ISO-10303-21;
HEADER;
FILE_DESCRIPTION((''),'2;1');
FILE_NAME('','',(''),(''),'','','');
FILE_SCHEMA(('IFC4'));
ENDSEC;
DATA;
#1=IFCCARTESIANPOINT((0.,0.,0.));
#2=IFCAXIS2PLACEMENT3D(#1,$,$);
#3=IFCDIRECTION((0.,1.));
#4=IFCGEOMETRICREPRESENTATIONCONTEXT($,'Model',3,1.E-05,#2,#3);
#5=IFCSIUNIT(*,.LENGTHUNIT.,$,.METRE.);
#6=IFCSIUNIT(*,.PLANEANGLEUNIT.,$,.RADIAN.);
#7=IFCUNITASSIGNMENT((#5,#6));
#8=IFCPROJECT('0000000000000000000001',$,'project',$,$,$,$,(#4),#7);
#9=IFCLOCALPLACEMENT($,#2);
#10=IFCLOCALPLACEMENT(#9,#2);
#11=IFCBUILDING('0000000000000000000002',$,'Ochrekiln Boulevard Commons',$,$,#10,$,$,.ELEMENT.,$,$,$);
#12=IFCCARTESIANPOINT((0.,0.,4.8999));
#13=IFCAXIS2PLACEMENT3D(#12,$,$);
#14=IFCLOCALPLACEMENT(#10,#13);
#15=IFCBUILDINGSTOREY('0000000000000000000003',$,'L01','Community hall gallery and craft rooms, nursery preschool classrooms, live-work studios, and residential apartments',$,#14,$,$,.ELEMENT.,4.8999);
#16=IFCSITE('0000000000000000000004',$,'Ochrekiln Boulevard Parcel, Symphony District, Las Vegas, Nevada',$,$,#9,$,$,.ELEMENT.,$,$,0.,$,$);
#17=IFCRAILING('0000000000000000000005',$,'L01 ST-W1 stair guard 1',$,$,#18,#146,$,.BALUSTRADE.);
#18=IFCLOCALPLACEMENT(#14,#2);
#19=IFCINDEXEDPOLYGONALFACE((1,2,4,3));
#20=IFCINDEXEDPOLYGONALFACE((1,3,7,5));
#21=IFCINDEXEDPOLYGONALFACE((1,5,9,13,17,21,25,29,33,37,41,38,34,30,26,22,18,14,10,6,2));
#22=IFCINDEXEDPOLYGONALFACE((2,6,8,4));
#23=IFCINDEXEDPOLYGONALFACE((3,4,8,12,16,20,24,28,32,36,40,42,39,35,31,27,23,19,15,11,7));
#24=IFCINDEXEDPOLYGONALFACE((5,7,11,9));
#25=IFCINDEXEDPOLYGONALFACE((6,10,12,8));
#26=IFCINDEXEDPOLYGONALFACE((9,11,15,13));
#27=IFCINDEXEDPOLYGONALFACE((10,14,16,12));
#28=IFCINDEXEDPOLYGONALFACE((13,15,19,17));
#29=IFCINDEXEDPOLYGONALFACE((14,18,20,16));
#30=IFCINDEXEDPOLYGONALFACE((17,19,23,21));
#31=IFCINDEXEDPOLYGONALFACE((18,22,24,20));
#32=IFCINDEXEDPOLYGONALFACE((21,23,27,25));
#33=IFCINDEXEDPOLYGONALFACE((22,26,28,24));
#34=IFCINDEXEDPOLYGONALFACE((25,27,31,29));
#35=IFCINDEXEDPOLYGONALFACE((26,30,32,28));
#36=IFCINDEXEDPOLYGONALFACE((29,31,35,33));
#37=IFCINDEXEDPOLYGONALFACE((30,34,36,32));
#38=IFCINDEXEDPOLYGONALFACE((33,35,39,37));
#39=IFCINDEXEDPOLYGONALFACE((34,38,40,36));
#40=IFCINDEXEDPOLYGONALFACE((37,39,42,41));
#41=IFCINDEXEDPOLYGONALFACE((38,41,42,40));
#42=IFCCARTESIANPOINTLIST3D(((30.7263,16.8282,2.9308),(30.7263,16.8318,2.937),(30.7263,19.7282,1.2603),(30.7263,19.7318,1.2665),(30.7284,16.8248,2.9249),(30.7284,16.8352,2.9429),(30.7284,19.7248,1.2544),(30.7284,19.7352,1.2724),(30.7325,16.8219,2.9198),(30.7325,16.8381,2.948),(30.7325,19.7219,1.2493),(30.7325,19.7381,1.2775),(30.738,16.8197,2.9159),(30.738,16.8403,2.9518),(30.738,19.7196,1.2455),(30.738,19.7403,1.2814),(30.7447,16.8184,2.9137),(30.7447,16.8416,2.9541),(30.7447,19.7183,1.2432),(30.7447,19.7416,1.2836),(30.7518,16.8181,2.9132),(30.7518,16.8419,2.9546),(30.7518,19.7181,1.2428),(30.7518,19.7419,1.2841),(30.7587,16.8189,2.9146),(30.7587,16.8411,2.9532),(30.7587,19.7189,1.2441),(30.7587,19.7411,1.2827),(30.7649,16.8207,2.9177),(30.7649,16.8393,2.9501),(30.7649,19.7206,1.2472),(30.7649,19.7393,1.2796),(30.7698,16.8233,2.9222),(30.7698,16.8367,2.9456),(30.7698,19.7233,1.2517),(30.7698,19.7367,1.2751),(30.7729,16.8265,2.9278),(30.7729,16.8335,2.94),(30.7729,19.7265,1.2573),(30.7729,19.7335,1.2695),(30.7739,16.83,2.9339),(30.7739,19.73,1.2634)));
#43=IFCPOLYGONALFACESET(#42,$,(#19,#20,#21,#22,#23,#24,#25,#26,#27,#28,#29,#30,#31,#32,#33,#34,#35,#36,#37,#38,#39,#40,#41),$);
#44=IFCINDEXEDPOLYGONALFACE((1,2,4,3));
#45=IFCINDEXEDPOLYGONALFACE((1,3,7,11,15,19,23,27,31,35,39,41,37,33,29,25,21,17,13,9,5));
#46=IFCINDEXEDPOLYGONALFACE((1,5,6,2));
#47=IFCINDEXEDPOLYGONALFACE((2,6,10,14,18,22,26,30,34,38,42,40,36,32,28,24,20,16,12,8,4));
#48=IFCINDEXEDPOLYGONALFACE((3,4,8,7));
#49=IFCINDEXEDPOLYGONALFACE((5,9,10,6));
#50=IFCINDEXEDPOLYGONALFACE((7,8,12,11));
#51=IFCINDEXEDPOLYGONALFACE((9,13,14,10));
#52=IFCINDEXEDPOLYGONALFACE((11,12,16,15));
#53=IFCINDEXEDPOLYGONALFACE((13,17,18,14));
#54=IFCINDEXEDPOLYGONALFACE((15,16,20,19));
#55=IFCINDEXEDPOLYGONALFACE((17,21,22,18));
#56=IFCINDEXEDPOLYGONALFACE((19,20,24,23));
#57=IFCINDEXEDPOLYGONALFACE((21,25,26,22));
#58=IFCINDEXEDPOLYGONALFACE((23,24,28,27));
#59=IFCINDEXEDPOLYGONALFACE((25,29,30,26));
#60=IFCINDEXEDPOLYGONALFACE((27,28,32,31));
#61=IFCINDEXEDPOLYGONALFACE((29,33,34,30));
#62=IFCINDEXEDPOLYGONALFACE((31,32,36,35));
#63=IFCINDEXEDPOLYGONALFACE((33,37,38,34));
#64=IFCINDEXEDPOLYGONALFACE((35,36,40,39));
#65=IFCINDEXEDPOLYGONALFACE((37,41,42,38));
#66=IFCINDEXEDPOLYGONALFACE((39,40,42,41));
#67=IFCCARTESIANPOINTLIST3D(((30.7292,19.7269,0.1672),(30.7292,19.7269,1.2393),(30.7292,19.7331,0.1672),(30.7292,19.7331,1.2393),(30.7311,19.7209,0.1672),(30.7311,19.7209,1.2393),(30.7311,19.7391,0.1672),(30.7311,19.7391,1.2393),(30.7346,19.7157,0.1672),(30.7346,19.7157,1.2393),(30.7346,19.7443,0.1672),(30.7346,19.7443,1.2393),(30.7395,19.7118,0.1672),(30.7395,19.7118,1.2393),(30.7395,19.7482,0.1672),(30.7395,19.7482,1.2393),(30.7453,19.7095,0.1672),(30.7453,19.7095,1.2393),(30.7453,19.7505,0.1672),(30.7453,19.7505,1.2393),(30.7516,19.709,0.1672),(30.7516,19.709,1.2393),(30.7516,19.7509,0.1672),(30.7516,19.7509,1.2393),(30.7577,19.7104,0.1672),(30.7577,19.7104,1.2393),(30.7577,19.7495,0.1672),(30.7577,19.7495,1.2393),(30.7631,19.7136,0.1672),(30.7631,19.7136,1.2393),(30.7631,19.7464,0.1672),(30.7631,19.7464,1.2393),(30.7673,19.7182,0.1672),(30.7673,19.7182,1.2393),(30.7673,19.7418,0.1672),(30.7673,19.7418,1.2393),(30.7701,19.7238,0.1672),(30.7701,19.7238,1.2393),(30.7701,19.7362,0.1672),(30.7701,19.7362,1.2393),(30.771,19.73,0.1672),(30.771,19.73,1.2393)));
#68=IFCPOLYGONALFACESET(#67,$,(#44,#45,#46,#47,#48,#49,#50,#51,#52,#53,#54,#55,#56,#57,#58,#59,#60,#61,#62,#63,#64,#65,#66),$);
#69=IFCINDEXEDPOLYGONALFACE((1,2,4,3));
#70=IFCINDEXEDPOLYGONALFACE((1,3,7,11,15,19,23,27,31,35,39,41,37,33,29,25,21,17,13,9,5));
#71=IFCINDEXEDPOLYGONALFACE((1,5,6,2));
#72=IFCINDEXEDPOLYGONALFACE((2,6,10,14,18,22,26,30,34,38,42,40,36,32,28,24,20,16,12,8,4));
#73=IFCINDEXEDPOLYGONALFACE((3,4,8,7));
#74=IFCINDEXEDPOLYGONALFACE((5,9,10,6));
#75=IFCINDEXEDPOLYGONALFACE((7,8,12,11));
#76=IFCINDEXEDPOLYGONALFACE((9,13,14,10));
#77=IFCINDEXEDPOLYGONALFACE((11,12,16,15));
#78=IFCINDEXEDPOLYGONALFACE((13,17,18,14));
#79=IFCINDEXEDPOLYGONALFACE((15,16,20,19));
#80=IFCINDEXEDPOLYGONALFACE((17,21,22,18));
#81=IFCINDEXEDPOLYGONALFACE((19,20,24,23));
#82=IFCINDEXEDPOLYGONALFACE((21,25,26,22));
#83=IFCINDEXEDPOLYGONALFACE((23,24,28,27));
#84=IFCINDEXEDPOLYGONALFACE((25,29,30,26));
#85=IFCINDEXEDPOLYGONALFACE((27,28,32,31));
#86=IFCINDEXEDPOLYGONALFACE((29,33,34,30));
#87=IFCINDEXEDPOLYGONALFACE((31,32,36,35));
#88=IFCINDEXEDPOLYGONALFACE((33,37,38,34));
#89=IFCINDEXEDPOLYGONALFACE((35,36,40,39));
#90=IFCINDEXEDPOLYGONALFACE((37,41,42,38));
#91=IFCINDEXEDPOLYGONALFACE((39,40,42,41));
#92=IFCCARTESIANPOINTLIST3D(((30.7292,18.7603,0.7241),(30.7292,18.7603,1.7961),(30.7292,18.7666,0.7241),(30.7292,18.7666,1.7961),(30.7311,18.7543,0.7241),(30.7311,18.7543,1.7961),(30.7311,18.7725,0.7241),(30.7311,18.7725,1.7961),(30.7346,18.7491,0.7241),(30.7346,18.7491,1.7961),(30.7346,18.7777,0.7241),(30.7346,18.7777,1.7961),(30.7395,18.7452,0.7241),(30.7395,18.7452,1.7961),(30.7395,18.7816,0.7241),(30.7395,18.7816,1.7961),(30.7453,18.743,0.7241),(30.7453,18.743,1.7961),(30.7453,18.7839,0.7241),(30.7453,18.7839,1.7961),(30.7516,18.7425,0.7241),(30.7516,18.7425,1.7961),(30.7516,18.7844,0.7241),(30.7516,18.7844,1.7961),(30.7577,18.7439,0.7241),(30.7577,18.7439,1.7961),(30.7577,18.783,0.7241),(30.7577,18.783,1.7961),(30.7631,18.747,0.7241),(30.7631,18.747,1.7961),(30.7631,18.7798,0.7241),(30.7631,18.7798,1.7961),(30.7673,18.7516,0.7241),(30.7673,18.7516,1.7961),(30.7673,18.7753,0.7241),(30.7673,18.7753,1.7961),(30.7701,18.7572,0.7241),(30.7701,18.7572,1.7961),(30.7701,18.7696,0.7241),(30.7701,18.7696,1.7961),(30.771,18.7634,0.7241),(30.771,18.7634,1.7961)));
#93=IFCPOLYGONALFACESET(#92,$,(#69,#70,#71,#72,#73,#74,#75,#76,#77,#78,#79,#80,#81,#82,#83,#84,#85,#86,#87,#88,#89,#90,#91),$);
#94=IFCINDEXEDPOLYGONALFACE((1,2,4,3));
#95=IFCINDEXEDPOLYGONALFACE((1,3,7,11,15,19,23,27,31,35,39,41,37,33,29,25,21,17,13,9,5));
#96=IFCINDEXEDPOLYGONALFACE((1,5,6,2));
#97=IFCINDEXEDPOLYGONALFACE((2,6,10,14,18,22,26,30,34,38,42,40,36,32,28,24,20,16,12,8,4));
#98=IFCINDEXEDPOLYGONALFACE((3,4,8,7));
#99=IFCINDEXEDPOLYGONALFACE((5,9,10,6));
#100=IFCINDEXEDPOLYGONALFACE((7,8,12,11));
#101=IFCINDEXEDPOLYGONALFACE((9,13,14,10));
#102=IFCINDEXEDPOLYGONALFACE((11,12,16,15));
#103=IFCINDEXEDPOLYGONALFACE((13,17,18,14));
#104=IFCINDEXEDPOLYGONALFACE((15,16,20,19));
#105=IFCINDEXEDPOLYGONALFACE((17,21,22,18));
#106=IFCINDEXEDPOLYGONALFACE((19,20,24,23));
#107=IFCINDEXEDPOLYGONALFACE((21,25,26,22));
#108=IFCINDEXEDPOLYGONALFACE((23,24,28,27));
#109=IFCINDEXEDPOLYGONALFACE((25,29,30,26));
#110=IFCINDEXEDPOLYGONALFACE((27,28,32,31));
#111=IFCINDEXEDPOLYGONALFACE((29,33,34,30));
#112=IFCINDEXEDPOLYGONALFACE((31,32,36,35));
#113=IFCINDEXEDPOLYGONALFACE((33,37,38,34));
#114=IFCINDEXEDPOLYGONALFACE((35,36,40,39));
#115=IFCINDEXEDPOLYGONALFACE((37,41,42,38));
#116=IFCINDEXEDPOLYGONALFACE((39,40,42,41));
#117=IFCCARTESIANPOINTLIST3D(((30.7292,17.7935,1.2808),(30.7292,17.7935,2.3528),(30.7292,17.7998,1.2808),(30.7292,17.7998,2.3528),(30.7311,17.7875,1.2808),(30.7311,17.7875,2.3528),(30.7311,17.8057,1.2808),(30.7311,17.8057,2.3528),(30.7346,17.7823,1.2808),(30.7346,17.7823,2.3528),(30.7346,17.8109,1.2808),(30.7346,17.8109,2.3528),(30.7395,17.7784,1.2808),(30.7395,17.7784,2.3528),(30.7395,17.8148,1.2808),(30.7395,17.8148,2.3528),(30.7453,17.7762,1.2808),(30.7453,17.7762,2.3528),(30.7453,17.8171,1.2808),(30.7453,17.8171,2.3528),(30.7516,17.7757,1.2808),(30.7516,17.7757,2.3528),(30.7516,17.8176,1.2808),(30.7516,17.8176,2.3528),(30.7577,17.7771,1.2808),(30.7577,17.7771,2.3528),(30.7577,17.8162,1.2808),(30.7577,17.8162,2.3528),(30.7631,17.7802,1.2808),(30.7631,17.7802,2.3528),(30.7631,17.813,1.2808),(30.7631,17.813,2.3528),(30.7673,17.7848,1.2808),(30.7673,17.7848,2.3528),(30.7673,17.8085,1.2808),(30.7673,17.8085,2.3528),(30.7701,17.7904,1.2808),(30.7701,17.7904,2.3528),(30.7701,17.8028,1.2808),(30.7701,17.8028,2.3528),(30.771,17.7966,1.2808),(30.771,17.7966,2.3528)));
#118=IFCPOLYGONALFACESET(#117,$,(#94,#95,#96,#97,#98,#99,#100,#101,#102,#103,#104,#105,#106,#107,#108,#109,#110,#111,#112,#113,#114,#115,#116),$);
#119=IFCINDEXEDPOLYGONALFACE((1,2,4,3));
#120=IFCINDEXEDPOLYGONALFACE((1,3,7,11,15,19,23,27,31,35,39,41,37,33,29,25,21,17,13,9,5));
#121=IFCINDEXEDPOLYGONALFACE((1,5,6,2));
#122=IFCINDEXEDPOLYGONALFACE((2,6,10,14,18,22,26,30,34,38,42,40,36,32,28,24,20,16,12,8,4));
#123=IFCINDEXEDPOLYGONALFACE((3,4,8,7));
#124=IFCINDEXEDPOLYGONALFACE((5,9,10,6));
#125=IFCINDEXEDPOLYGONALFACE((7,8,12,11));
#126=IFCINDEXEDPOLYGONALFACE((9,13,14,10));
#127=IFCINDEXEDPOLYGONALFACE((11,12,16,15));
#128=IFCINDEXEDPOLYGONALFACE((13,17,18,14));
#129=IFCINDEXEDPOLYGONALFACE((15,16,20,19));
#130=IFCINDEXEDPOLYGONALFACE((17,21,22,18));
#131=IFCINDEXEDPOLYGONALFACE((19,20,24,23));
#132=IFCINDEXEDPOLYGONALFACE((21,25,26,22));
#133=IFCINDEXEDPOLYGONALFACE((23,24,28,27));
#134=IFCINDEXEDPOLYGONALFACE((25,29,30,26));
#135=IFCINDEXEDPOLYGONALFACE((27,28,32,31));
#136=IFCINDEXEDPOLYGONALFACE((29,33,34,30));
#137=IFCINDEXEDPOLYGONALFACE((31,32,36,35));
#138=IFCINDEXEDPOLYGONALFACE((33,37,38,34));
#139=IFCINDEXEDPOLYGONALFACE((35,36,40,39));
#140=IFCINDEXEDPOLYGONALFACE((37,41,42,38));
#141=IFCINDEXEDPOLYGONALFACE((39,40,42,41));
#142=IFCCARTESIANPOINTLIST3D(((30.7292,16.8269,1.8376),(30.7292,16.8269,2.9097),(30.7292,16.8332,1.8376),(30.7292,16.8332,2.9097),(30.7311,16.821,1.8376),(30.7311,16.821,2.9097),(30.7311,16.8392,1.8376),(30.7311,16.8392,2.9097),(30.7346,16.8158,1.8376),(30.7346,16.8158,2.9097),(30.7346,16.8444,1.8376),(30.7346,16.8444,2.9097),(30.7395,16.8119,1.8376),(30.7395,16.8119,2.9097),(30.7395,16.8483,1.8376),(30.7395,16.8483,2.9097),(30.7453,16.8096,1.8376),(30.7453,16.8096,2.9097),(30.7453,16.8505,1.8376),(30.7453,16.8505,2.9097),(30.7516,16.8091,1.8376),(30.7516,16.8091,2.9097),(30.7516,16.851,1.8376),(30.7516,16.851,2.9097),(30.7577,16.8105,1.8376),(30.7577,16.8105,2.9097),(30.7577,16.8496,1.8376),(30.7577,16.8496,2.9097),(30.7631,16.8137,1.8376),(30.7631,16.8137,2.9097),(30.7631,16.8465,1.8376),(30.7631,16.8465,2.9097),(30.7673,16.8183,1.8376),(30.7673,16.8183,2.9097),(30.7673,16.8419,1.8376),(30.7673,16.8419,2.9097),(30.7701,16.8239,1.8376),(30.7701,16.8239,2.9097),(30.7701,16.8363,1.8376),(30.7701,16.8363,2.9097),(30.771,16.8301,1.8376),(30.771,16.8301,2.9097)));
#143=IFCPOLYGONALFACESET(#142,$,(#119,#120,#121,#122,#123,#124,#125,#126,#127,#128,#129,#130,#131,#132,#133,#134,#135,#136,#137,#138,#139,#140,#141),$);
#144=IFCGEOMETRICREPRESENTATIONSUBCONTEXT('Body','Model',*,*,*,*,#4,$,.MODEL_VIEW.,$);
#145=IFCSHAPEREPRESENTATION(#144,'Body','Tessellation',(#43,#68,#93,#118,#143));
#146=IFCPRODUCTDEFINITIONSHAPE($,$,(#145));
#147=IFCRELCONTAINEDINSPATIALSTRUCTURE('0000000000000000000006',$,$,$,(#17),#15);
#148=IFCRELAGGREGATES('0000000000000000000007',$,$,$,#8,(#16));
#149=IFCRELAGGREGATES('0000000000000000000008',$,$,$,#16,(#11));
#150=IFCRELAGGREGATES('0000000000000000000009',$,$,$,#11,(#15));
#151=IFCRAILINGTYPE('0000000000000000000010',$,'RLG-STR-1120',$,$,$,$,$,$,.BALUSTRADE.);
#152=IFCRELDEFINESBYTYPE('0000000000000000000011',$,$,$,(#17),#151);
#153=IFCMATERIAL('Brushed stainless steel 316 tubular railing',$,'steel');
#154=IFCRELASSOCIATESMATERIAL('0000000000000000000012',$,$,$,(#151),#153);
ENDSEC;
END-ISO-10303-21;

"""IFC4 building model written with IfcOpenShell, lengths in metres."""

from ifc_helpers import new_model, si_unit, direction, frame, origin, origin_2d, place, context, subcontext, project, spatial, circle, extrude, material, type_object, element, save


model = new_model("IFC4")

# Units and contexts
model_context = context("Model", 3, precision=1e-05, world=origin(), true_north=direction((0.0, 1.0)))
body_context = subcontext(model_context, "Body", "Model", "MODEL_VIEW")
ifc_project = project(units=[si_unit("LENGTHUNIT", "METRE"), si_unit("PLANEANGLEUNIT", "RADIAN")], contexts=[model_context])

# Site, building, storey
site_placement = place(None, origin())
site = spatial("IfcSite", under=ifc_project, at=site_placement, Name="Ochrekiln Boulevard Parcel, Symphony District, Las Vegas, Nevada", CompositionType="ELEMENT", RefElevation=0.0)
building_placement = place(site_placement, origin())
building = spatial("IfcBuilding", under=site, at=building_placement, Name="Ochrekiln Boulevard Commons", CompositionType="ELEMENT")
storey_placement = place(building_placement, frame((0.0, 0.0, 4.8999)))
storey = spatial("IfcBuildingStorey", under=building, at=storey_placement, Name="L01", Description="Community hall gallery and craft rooms, nursery preschool classrooms, live-work studios, and residential apartments", CompositionType="ELEMENT", Elevation=4.8999)

# Railing
ifc_material_1 = material(Name="Brushed stainless steel 316 tubular railing", Category="steel")
railing_type_1 = type_object("IfcRailingType", Name="RLG-STR-1120", PredefinedType="BALUSTRADE", material=ifc_material_1)
railing_1_placement = place(storey_placement, frame((30.75, 19.73, 0.1672)))
element("IfcRailing", 1, at=railing_1_placement, inside=storey, type_object=railing_type_1, Name="L01 ST-W1 stair guard 1", PredefinedType="BALUSTRADE", context=body_context, shape_type="SweptSolid", body=[
    extrude(circle(Radius=0.0239, at=origin_2d()), frame((0.0, 0.0, 1.0962), z_axis=(0.0, -0.866523, 0.499137), x_axis=(1.0, 0.0, 0.0)), (0.0, 0.0, 1.0), 3.3467),
    extrude(circle(Radius=0.021, at=origin_2d()), origin(), (0.0, 0.0, 1.0), 1.072),
    extrude(circle(Radius=0.021, at=origin_2d()), frame((0.0, -0.9666, 0.5569)), (0.0, 0.0, 1.0), 1.072),
    extrude(circle(Radius=0.021, at=origin_2d()), frame((0.0, -1.9333, 1.1135)), (0.0, 0.0, 1.0), 1.072),
    extrude(circle(Radius=0.021, at=origin_2d()), frame((0.0, -2.8999, 1.6704)), (0.0, 0.0, 1.0), 1.072),
])

save(model, "model.ifc")
